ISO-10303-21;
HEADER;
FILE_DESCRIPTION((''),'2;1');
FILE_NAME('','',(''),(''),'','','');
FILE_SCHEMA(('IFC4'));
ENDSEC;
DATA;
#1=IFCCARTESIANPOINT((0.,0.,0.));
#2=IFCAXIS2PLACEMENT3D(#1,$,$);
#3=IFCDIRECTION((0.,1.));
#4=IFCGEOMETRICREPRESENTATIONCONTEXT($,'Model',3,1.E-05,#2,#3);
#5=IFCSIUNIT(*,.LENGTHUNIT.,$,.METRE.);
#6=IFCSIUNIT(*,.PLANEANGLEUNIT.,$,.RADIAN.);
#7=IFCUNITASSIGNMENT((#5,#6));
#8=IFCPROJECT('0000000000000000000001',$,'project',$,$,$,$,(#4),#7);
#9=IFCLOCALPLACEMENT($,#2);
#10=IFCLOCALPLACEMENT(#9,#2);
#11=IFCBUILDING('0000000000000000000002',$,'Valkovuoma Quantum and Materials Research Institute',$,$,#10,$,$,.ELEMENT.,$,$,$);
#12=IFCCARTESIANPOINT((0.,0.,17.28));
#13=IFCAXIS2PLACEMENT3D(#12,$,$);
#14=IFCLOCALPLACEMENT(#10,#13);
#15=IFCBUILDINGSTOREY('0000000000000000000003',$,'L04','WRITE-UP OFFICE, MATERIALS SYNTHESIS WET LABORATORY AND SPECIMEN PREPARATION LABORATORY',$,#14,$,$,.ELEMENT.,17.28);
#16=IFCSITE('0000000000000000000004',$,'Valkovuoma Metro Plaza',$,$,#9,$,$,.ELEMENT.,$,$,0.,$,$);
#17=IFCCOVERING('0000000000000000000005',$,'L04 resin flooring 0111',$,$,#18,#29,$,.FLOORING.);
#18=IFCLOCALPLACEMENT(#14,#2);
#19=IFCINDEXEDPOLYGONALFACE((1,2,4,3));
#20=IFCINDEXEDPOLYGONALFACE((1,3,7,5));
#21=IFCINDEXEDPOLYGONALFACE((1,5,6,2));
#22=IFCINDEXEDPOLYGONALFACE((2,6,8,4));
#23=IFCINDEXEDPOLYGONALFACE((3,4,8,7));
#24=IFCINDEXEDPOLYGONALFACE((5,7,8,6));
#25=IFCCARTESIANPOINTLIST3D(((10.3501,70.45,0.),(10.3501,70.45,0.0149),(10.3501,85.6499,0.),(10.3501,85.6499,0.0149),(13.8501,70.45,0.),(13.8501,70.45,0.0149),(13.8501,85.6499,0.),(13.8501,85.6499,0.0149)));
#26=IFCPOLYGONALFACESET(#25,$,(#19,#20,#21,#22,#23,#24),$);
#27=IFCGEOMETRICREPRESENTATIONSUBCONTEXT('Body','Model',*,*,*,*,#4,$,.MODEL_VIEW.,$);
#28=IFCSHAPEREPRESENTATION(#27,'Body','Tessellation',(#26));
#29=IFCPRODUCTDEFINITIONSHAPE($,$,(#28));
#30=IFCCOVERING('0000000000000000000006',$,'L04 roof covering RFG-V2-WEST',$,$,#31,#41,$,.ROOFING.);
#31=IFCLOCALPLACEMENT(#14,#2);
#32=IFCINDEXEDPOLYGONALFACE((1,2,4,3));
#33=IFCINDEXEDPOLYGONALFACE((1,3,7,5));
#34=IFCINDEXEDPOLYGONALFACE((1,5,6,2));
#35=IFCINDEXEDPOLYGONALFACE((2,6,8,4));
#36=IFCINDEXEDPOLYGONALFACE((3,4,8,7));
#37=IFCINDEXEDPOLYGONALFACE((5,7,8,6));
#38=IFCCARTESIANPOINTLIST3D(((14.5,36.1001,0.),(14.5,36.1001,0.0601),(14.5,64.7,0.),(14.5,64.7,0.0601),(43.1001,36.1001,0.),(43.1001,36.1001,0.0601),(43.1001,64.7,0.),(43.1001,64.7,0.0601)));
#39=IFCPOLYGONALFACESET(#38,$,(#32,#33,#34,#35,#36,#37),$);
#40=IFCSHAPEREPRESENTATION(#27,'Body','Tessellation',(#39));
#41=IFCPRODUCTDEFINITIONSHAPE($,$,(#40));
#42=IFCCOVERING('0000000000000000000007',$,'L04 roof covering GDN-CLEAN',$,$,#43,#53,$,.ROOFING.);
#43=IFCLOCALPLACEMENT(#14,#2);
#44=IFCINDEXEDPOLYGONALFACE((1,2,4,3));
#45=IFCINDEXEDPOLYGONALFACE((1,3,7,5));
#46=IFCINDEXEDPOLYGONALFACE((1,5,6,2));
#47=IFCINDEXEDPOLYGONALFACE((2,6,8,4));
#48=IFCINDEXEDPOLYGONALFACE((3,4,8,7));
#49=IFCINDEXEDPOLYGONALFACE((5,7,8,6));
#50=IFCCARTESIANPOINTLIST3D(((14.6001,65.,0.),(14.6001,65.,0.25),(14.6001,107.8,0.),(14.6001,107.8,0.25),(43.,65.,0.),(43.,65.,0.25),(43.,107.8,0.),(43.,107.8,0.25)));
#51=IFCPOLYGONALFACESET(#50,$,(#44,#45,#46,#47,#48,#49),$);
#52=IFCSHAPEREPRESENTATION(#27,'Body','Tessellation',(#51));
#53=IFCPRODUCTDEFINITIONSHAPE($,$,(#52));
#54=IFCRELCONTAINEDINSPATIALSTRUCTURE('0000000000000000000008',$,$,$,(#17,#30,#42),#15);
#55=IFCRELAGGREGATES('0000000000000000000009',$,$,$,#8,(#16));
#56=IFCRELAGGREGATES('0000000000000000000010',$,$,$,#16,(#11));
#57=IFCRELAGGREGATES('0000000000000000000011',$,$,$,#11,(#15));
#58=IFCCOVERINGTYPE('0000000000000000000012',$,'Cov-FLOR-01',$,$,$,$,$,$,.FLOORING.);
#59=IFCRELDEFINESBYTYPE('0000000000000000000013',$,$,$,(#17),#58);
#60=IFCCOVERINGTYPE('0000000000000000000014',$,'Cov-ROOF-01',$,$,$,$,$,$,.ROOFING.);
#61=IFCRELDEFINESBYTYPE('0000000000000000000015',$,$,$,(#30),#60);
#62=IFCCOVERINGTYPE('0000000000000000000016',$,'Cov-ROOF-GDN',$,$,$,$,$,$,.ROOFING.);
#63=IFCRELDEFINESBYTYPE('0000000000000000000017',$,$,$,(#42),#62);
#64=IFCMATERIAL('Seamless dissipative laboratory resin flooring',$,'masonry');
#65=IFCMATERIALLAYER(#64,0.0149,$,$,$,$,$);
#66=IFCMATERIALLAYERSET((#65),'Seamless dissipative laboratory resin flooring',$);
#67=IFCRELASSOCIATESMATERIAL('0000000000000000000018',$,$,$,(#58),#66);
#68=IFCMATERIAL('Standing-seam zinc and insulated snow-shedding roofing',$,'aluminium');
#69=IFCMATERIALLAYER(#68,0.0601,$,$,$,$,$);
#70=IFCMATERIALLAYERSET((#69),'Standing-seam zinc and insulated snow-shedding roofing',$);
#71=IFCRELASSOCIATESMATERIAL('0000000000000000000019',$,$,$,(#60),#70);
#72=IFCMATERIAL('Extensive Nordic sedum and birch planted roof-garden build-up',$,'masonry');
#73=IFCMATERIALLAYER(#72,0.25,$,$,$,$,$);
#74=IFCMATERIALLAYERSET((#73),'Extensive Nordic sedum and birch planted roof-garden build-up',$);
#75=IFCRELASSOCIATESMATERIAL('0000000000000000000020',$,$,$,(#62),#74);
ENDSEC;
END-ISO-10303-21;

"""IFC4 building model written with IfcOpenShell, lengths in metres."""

from ifc_helpers import new_model, si_unit, direction, frame, origin, place, context, subcontext, project, spatial, polyline, outline, extrude, material, layer, layer_set, type_object, element, save


model = new_model("IFC4")

# Units and contexts
model_context = context("Model", 3, precision=1e-05, world=origin(), true_north=direction((0.0, 1.0)))
body_context = subcontext(model_context, "Body", "Model", "MODEL_VIEW")
ifc_project = project(units=[si_unit("LENGTHUNIT", "METRE"), si_unit("PLANEANGLEUNIT", "RADIAN")], contexts=[model_context])

# Site, building, storey
site_placement = place(None, origin())
site = spatial("IfcSite", under=ifc_project, at=site_placement, Name="Valkovuoma Metro Plaza", CompositionType="ELEMENT", RefElevation=0.0)
building_placement = place(site_placement, origin())
building = spatial("IfcBuilding", under=site, at=building_placement, Name="Valkovuoma Quantum and Materials Research Institute", CompositionType="ELEMENT")
storey_placement = place(building_placement, frame((0.0, 0.0, 17.28)))
storey = spatial("IfcBuildingStorey", under=building, at=storey_placement, Name="L04", Description="WRITE-UP OFFICE, MATERIALS SYNTHESIS WET LABORATORY AND SPECIMEN PREPARATION LABORATORY", CompositionType="ELEMENT", Elevation=17.28)

# Coverings
ifc_material_1 = material(Name="Seamless dissipative laboratory resin flooring", Category="masonry")
ifc_layer_1 = layer(ifc_material_1, 0.0149)
ifc_layer_set_1 = layer_set([ifc_layer_1], Name="Seamless dissipative laboratory resin flooring")
covering_type_1 = type_object("IfcCoveringType", Name="Cov-FLOR-01", PredefinedType="FLOORING", material=ifc_layer_set_1)
covering_1_placement = place(storey_placement, origin())
element("IfcCovering", 1, at=covering_1_placement, inside=storey, type_object=covering_type_1, Name="L04 resin flooring 0111", PredefinedType="FLOORING", context=body_context, shape_type="SweptSolid", body=[
    extrude(outline(polyline([(10.3501, 70.45), (13.8501, 70.45), (13.8501, 85.6499), (10.3501, 85.6499), (10.3501, 70.45)])), origin(), (0.0, 0.0, 1.0), 0.0149),
])
ifc_material_2 = material(Name="Standing-seam zinc and insulated snow-shedding roofing", Category="aluminium")
ifc_layer_2 = layer(ifc_material_2, 0.0601)
ifc_layer_set_2 = layer_set([ifc_layer_2], Name="Standing-seam zinc and insulated snow-shedding roofing")
covering_type_2 = type_object("IfcCoveringType", Name="Cov-ROOF-01", PredefinedType="ROOFING", material=ifc_layer_set_2)
covering_2_placement = place(storey_placement, origin())
element("IfcCovering", 2, at=covering_2_placement, inside=storey, type_object=covering_type_2, Name="L04 roof covering RFG-V2-WEST", PredefinedType="ROOFING", context=body_context, shape_type="SweptSolid", body=[
    extrude(outline(polyline([(14.5, 36.1001), (43.1001, 36.1001), (43.1001, 64.7), (14.5, 64.7), (14.5, 36.1001)])), origin(), (0.0, 0.0, 1.0), 0.0601),
])
ifc_material_3 = material(Name="Extensive Nordic sedum and birch planted roof-garden build-up", Category="masonry")
ifc_layer_3 = layer(ifc_material_3, 0.25)
ifc_layer_set_3 = layer_set([ifc_layer_3], Name="Extensive Nordic sedum and birch planted roof-garden build-up")
covering_type_3 = type_object("IfcCoveringType", Name="Cov-ROOF-GDN", PredefinedType="ROOFING", material=ifc_layer_set_3)
covering_3_placement = place(storey_placement, origin())
element("IfcCovering", 3, at=covering_3_placement, inside=storey, type_object=covering_type_3, Name="L04 roof covering GDN-CLEAN", PredefinedType="ROOFING", context=body_context, shape_type="SweptSolid", body=[
    extrude(outline(polyline([(14.6001, 65.0), (43.0, 65.0), (43.0, 107.8), (14.6001, 107.8), (14.6001, 65.0)])), origin(), (0.0, 0.0, 1.0), 0.25),
])

save(model, "model.ifc")
